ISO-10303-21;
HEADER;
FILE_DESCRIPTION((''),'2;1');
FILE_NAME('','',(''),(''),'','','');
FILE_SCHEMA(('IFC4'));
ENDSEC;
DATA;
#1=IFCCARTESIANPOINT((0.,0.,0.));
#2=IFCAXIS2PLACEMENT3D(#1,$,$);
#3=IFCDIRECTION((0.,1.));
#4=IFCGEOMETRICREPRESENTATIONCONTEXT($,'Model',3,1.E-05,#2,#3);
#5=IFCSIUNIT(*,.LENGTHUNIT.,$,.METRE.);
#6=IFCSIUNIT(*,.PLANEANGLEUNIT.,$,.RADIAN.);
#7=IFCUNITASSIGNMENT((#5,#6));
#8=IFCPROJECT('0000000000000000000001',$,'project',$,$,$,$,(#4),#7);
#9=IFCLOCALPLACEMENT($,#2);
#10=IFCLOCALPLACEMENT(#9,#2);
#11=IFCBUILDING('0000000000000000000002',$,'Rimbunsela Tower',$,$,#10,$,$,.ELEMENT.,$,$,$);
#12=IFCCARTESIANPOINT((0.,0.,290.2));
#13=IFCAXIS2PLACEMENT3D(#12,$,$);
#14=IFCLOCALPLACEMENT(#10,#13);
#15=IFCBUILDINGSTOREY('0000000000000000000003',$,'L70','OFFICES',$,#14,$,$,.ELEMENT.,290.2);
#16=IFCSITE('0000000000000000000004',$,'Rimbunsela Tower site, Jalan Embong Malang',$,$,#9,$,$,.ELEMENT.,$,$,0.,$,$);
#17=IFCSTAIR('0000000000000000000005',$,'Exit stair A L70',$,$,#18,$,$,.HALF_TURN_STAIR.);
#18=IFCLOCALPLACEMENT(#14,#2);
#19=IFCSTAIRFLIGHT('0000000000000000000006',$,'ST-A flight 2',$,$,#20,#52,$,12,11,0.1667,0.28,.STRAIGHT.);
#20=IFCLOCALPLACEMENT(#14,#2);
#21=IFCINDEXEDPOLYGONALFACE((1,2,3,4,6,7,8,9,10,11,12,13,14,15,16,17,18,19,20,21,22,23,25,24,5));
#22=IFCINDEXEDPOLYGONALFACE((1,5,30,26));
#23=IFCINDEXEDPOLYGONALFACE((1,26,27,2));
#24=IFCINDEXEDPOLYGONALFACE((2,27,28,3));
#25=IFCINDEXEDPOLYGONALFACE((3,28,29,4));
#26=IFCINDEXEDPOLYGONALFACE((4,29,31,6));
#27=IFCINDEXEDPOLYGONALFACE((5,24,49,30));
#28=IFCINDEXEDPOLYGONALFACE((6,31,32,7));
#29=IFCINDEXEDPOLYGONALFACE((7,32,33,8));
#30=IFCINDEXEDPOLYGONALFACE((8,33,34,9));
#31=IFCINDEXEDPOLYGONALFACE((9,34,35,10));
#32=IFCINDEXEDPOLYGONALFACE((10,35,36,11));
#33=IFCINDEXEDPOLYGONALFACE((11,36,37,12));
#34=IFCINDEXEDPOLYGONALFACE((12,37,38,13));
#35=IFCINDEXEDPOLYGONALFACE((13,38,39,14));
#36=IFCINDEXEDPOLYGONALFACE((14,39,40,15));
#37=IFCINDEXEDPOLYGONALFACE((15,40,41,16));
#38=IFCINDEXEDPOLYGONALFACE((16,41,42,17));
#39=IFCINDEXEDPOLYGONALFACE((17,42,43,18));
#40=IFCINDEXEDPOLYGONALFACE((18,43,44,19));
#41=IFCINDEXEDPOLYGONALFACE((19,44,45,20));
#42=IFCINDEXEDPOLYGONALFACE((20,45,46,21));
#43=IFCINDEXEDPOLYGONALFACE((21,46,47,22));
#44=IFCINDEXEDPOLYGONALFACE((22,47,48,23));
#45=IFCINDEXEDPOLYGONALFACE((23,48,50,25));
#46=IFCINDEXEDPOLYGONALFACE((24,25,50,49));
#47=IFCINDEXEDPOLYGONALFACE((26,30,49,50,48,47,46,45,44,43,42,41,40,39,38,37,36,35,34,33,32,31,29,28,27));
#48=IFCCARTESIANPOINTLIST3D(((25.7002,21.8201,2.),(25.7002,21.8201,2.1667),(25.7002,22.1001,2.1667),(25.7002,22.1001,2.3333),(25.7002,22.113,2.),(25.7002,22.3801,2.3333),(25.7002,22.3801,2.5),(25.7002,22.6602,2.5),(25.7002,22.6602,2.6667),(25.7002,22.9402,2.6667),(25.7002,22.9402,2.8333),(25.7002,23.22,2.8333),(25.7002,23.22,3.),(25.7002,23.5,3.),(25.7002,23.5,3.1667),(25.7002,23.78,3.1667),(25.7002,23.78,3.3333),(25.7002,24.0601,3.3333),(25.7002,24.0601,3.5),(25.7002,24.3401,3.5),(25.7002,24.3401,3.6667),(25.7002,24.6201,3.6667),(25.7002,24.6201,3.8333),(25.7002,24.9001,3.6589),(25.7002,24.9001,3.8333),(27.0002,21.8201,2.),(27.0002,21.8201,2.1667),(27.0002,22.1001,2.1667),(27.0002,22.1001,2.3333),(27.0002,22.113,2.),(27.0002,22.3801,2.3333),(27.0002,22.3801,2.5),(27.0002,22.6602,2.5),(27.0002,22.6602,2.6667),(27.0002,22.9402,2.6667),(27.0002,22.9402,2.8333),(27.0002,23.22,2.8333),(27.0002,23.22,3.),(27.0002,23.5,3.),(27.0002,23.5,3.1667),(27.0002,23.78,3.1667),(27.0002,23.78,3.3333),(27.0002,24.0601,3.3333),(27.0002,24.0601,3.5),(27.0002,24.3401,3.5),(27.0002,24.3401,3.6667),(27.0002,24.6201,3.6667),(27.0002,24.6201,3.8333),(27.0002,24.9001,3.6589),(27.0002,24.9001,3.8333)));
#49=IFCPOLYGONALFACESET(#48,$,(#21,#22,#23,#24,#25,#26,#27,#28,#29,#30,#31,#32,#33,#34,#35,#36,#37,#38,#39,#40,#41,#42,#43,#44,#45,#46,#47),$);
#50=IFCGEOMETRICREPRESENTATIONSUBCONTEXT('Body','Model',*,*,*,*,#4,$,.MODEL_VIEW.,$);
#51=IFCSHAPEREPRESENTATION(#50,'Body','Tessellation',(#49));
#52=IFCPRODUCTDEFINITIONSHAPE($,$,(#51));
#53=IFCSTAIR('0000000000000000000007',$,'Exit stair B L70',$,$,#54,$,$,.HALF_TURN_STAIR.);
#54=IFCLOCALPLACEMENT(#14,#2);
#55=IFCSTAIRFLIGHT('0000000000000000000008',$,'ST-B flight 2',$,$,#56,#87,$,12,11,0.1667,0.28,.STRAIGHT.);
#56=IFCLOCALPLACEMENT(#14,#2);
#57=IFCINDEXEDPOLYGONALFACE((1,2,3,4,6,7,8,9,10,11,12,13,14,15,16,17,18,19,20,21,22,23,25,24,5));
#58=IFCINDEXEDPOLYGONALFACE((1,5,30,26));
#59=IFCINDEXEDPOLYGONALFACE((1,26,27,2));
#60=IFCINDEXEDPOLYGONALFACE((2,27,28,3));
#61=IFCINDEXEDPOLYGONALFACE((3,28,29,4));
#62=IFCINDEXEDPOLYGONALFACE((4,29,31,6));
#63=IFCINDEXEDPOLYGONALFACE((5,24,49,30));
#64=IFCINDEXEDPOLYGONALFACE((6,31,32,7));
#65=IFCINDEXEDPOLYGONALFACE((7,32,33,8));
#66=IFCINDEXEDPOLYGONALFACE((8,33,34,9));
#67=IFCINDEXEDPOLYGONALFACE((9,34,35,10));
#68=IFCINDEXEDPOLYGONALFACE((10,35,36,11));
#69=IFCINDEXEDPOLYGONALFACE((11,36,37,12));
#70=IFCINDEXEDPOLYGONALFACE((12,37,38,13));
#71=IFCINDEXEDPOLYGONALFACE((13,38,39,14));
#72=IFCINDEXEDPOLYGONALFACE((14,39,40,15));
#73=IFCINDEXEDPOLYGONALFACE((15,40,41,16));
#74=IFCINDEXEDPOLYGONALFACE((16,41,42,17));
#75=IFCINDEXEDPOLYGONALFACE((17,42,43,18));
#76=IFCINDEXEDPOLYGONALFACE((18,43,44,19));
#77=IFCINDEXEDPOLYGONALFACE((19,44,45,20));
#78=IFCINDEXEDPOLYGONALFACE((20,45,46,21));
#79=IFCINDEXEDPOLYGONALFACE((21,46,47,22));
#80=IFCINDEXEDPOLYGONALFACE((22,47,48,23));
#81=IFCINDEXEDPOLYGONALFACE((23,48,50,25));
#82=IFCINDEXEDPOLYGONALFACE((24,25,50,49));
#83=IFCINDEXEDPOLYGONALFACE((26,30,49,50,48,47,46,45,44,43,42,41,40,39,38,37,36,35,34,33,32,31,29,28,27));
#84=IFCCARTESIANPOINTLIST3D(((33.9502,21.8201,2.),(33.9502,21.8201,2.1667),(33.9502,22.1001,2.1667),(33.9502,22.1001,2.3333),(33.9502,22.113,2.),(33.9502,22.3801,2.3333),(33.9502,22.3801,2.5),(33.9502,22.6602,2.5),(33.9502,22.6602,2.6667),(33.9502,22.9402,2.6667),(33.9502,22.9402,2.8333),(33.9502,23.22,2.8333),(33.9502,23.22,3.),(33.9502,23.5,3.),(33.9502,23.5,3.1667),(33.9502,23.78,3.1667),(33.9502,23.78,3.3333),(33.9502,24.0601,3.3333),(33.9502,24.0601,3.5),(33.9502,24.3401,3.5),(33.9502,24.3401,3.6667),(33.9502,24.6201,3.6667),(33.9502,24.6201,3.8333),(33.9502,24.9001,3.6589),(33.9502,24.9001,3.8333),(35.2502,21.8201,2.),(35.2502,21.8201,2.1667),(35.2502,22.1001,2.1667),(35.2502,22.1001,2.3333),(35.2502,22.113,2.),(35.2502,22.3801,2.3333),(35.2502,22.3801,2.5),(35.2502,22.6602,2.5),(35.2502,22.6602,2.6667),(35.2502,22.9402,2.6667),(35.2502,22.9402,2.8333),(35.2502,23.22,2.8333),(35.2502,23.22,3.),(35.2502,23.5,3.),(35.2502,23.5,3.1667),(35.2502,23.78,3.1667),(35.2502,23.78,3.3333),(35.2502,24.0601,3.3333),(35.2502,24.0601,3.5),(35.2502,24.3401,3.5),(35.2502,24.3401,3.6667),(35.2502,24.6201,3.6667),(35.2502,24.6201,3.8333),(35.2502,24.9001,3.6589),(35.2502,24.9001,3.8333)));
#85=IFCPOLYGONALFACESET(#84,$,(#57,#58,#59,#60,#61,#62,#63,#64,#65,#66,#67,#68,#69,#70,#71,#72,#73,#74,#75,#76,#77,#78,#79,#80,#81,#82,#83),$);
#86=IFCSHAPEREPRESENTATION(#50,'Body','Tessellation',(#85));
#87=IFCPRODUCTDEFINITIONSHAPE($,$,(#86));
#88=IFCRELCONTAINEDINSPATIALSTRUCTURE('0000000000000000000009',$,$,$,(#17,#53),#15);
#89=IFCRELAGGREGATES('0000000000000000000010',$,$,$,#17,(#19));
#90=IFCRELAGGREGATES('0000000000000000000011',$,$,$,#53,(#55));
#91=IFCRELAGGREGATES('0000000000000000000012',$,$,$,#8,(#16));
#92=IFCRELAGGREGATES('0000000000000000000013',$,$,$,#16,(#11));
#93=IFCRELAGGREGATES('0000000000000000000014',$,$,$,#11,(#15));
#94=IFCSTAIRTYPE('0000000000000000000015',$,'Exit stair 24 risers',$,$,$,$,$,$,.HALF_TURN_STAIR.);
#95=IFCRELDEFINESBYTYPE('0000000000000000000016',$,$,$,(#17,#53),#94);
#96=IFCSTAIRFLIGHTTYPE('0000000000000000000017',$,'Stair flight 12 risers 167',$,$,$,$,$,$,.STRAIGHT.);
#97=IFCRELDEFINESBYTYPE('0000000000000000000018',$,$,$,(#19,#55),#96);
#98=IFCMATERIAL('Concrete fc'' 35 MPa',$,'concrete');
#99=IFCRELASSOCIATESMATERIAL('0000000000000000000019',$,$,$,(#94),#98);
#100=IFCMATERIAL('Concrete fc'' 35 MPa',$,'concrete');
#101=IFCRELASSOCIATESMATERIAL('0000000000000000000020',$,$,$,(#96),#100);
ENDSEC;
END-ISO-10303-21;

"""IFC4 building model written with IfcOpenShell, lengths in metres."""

from ifc_helpers import new_model, si_unit, direction, frame, origin, place, context, subcontext, project, spatial, polyline, outline, extrude, material, type_object, element, aggregate, save


model = new_model("IFC4")

# Units and contexts
model_context = context("Model", 3, precision=1e-05, world=origin(), true_north=direction((0.0, 1.0)))
body_context = subcontext(model_context, "Body", "Model", "MODEL_VIEW")
ifc_project = project(units=[si_unit("LENGTHUNIT", "METRE"), si_unit("PLANEANGLEUNIT", "RADIAN")], contexts=[model_context])

# Site, building, storey
site_placement = place(None, origin())
site = spatial("IfcSite", under=ifc_project, at=site_placement, Name="Rimbunsela Tower site, Jalan Embong Malang", CompositionType="ELEMENT", RefElevation=0.0)
building_placement = place(site_placement, origin())
building = spatial("IfcBuilding", under=site, at=building_placement, Name="Rimbunsela Tower", CompositionType="ELEMENT")
storey_placement = place(building_placement, frame((0.0, 0.0, 290.2)))
storey = spatial("IfcBuildingStorey", under=building, at=storey_placement, Name="L70", Description="OFFICES", CompositionType="ELEMENT", Elevation=290.2)

# Stairs, stair flights
ifc_material_1 = material(Name="Concrete fc' 35 MPa", Category="concrete")
stair_type = type_object("IfcStairType", Name="Exit stair 24 risers", PredefinedType="HALF_TURN_STAIR", material=ifc_material_1)
stair_1_placement = place(storey_placement, origin())
stair_1 = element("IfcStair", 1, at=stair_1_placement, inside=storey, type_object=stair_type, Name="Exit stair A L70", PredefinedType="HALF_TURN_STAIR")
ifc_material_2 = material(Name="Concrete fc' 35 MPa", Category="concrete")
stair_flight_type = type_object("IfcStairFlightType", Name="Stair flight 12 risers 167", PredefinedType="STRAIGHT", material=ifc_material_2)
stair_flight_1_placement = place(storey_placement, frame((26.3501, 21.8201, 2.0), z_axis=(0.0, 0.0, 1.0), x_axis=(0.0, 1.0, 0.0)))
stair_flight_1 = element("IfcStairFlight", 2, at=stair_flight_1_placement, type_object=stair_flight_type, Name="ST-A flight 2", NumberOfRisers=12, NumberOfTreads=11, PredefinedType="STRAIGHT", RiserHeight=0.1667, TreadLength=0.28, context=body_context, shape_type="SweptSolid", body=[
    extrude(outline(polyline([(0.0, 0.0), (0.0, 0.1667), (0.28, 0.1667), (0.28, 0.3333), (0.5601, 0.3333), (0.5601, 0.5), (0.8401, 0.5), (0.8401, 0.6667), (1.1201, 0.6667), (1.1201, 0.8333), (1.3999, 0.8333), (1.3999, 1.0), (1.6799, 1.0), (1.6799, 1.1667), (1.96, 1.1667), (1.96, 1.3333), (2.24, 1.3333), (2.24, 1.5), (2.52, 1.5), (2.52, 1.6667), (2.8, 1.6667), (2.8, 1.8333), (3.0801, 1.8333), (3.0801, 2.0), (3.0801, 1.6589), (0.293, 0.0), (0.0, 0.0)])), frame((0.0, 0.6499, 0.0), z_axis=(0.0, -1.0, 0.0), x_axis=(1.0, 0.0, 0.0)), (0.0, 0.0, 1.0), 1.3),
])
aggregate(stair_1, [stair_flight_1])
stair_2_placement = place(storey_placement, origin())
stair_2 = element("IfcStair", 3, at=stair_2_placement, inside=storey, type_object=stair_type, Name="Exit stair B L70", PredefinedType="HALF_TURN_STAIR")
stair_flight_2_placement = place(storey_placement, frame((34.6001, 21.8201, 2.0), z_axis=(0.0, 0.0, 1.0), x_axis=(0.0, 1.0, 0.0)))
stair_flight_2 = element("IfcStairFlight", 4, at=stair_flight_2_placement, type_object=stair_flight_type, Name="ST-B flight 2", NumberOfRisers=12, NumberOfTreads=11, PredefinedType="STRAIGHT", RiserHeight=0.1667, TreadLength=0.28, context=body_context, shape_type="SweptSolid", body=[
    extrude(outline(polyline([(0.0, 0.0), (0.0, 0.1667), (0.28, 0.1667), (0.28, 0.3333), (0.5601, 0.3333), (0.5601, 0.5), (0.8401, 0.5), (0.8401, 0.6667), (1.1201, 0.6667), (1.1201, 0.8333), (1.3999, 0.8333), (1.3999, 1.0), (1.6799, 1.0), (1.6799, 1.1667), (1.96, 1.1667), (1.96, 1.3333), (2.24, 1.3333), (2.24, 1.5), (2.52, 1.5), (2.52, 1.6667), (2.8, 1.6667), (2.8, 1.8333), (3.0801, 1.8333), (3.0801, 2.0), (3.0801, 1.6589), (0.293, 0.0), (0.0, 0.0)])), frame((0.0, 0.6499, 0.0), z_axis=(0.0, -1.0, 0.0), x_axis=(1.0, 0.0, 0.0)), (0.0, 0.0, 1.0), 1.3),
])
aggregate(stair_2, [stair_flight_2])

save(model, "model.ifc")
